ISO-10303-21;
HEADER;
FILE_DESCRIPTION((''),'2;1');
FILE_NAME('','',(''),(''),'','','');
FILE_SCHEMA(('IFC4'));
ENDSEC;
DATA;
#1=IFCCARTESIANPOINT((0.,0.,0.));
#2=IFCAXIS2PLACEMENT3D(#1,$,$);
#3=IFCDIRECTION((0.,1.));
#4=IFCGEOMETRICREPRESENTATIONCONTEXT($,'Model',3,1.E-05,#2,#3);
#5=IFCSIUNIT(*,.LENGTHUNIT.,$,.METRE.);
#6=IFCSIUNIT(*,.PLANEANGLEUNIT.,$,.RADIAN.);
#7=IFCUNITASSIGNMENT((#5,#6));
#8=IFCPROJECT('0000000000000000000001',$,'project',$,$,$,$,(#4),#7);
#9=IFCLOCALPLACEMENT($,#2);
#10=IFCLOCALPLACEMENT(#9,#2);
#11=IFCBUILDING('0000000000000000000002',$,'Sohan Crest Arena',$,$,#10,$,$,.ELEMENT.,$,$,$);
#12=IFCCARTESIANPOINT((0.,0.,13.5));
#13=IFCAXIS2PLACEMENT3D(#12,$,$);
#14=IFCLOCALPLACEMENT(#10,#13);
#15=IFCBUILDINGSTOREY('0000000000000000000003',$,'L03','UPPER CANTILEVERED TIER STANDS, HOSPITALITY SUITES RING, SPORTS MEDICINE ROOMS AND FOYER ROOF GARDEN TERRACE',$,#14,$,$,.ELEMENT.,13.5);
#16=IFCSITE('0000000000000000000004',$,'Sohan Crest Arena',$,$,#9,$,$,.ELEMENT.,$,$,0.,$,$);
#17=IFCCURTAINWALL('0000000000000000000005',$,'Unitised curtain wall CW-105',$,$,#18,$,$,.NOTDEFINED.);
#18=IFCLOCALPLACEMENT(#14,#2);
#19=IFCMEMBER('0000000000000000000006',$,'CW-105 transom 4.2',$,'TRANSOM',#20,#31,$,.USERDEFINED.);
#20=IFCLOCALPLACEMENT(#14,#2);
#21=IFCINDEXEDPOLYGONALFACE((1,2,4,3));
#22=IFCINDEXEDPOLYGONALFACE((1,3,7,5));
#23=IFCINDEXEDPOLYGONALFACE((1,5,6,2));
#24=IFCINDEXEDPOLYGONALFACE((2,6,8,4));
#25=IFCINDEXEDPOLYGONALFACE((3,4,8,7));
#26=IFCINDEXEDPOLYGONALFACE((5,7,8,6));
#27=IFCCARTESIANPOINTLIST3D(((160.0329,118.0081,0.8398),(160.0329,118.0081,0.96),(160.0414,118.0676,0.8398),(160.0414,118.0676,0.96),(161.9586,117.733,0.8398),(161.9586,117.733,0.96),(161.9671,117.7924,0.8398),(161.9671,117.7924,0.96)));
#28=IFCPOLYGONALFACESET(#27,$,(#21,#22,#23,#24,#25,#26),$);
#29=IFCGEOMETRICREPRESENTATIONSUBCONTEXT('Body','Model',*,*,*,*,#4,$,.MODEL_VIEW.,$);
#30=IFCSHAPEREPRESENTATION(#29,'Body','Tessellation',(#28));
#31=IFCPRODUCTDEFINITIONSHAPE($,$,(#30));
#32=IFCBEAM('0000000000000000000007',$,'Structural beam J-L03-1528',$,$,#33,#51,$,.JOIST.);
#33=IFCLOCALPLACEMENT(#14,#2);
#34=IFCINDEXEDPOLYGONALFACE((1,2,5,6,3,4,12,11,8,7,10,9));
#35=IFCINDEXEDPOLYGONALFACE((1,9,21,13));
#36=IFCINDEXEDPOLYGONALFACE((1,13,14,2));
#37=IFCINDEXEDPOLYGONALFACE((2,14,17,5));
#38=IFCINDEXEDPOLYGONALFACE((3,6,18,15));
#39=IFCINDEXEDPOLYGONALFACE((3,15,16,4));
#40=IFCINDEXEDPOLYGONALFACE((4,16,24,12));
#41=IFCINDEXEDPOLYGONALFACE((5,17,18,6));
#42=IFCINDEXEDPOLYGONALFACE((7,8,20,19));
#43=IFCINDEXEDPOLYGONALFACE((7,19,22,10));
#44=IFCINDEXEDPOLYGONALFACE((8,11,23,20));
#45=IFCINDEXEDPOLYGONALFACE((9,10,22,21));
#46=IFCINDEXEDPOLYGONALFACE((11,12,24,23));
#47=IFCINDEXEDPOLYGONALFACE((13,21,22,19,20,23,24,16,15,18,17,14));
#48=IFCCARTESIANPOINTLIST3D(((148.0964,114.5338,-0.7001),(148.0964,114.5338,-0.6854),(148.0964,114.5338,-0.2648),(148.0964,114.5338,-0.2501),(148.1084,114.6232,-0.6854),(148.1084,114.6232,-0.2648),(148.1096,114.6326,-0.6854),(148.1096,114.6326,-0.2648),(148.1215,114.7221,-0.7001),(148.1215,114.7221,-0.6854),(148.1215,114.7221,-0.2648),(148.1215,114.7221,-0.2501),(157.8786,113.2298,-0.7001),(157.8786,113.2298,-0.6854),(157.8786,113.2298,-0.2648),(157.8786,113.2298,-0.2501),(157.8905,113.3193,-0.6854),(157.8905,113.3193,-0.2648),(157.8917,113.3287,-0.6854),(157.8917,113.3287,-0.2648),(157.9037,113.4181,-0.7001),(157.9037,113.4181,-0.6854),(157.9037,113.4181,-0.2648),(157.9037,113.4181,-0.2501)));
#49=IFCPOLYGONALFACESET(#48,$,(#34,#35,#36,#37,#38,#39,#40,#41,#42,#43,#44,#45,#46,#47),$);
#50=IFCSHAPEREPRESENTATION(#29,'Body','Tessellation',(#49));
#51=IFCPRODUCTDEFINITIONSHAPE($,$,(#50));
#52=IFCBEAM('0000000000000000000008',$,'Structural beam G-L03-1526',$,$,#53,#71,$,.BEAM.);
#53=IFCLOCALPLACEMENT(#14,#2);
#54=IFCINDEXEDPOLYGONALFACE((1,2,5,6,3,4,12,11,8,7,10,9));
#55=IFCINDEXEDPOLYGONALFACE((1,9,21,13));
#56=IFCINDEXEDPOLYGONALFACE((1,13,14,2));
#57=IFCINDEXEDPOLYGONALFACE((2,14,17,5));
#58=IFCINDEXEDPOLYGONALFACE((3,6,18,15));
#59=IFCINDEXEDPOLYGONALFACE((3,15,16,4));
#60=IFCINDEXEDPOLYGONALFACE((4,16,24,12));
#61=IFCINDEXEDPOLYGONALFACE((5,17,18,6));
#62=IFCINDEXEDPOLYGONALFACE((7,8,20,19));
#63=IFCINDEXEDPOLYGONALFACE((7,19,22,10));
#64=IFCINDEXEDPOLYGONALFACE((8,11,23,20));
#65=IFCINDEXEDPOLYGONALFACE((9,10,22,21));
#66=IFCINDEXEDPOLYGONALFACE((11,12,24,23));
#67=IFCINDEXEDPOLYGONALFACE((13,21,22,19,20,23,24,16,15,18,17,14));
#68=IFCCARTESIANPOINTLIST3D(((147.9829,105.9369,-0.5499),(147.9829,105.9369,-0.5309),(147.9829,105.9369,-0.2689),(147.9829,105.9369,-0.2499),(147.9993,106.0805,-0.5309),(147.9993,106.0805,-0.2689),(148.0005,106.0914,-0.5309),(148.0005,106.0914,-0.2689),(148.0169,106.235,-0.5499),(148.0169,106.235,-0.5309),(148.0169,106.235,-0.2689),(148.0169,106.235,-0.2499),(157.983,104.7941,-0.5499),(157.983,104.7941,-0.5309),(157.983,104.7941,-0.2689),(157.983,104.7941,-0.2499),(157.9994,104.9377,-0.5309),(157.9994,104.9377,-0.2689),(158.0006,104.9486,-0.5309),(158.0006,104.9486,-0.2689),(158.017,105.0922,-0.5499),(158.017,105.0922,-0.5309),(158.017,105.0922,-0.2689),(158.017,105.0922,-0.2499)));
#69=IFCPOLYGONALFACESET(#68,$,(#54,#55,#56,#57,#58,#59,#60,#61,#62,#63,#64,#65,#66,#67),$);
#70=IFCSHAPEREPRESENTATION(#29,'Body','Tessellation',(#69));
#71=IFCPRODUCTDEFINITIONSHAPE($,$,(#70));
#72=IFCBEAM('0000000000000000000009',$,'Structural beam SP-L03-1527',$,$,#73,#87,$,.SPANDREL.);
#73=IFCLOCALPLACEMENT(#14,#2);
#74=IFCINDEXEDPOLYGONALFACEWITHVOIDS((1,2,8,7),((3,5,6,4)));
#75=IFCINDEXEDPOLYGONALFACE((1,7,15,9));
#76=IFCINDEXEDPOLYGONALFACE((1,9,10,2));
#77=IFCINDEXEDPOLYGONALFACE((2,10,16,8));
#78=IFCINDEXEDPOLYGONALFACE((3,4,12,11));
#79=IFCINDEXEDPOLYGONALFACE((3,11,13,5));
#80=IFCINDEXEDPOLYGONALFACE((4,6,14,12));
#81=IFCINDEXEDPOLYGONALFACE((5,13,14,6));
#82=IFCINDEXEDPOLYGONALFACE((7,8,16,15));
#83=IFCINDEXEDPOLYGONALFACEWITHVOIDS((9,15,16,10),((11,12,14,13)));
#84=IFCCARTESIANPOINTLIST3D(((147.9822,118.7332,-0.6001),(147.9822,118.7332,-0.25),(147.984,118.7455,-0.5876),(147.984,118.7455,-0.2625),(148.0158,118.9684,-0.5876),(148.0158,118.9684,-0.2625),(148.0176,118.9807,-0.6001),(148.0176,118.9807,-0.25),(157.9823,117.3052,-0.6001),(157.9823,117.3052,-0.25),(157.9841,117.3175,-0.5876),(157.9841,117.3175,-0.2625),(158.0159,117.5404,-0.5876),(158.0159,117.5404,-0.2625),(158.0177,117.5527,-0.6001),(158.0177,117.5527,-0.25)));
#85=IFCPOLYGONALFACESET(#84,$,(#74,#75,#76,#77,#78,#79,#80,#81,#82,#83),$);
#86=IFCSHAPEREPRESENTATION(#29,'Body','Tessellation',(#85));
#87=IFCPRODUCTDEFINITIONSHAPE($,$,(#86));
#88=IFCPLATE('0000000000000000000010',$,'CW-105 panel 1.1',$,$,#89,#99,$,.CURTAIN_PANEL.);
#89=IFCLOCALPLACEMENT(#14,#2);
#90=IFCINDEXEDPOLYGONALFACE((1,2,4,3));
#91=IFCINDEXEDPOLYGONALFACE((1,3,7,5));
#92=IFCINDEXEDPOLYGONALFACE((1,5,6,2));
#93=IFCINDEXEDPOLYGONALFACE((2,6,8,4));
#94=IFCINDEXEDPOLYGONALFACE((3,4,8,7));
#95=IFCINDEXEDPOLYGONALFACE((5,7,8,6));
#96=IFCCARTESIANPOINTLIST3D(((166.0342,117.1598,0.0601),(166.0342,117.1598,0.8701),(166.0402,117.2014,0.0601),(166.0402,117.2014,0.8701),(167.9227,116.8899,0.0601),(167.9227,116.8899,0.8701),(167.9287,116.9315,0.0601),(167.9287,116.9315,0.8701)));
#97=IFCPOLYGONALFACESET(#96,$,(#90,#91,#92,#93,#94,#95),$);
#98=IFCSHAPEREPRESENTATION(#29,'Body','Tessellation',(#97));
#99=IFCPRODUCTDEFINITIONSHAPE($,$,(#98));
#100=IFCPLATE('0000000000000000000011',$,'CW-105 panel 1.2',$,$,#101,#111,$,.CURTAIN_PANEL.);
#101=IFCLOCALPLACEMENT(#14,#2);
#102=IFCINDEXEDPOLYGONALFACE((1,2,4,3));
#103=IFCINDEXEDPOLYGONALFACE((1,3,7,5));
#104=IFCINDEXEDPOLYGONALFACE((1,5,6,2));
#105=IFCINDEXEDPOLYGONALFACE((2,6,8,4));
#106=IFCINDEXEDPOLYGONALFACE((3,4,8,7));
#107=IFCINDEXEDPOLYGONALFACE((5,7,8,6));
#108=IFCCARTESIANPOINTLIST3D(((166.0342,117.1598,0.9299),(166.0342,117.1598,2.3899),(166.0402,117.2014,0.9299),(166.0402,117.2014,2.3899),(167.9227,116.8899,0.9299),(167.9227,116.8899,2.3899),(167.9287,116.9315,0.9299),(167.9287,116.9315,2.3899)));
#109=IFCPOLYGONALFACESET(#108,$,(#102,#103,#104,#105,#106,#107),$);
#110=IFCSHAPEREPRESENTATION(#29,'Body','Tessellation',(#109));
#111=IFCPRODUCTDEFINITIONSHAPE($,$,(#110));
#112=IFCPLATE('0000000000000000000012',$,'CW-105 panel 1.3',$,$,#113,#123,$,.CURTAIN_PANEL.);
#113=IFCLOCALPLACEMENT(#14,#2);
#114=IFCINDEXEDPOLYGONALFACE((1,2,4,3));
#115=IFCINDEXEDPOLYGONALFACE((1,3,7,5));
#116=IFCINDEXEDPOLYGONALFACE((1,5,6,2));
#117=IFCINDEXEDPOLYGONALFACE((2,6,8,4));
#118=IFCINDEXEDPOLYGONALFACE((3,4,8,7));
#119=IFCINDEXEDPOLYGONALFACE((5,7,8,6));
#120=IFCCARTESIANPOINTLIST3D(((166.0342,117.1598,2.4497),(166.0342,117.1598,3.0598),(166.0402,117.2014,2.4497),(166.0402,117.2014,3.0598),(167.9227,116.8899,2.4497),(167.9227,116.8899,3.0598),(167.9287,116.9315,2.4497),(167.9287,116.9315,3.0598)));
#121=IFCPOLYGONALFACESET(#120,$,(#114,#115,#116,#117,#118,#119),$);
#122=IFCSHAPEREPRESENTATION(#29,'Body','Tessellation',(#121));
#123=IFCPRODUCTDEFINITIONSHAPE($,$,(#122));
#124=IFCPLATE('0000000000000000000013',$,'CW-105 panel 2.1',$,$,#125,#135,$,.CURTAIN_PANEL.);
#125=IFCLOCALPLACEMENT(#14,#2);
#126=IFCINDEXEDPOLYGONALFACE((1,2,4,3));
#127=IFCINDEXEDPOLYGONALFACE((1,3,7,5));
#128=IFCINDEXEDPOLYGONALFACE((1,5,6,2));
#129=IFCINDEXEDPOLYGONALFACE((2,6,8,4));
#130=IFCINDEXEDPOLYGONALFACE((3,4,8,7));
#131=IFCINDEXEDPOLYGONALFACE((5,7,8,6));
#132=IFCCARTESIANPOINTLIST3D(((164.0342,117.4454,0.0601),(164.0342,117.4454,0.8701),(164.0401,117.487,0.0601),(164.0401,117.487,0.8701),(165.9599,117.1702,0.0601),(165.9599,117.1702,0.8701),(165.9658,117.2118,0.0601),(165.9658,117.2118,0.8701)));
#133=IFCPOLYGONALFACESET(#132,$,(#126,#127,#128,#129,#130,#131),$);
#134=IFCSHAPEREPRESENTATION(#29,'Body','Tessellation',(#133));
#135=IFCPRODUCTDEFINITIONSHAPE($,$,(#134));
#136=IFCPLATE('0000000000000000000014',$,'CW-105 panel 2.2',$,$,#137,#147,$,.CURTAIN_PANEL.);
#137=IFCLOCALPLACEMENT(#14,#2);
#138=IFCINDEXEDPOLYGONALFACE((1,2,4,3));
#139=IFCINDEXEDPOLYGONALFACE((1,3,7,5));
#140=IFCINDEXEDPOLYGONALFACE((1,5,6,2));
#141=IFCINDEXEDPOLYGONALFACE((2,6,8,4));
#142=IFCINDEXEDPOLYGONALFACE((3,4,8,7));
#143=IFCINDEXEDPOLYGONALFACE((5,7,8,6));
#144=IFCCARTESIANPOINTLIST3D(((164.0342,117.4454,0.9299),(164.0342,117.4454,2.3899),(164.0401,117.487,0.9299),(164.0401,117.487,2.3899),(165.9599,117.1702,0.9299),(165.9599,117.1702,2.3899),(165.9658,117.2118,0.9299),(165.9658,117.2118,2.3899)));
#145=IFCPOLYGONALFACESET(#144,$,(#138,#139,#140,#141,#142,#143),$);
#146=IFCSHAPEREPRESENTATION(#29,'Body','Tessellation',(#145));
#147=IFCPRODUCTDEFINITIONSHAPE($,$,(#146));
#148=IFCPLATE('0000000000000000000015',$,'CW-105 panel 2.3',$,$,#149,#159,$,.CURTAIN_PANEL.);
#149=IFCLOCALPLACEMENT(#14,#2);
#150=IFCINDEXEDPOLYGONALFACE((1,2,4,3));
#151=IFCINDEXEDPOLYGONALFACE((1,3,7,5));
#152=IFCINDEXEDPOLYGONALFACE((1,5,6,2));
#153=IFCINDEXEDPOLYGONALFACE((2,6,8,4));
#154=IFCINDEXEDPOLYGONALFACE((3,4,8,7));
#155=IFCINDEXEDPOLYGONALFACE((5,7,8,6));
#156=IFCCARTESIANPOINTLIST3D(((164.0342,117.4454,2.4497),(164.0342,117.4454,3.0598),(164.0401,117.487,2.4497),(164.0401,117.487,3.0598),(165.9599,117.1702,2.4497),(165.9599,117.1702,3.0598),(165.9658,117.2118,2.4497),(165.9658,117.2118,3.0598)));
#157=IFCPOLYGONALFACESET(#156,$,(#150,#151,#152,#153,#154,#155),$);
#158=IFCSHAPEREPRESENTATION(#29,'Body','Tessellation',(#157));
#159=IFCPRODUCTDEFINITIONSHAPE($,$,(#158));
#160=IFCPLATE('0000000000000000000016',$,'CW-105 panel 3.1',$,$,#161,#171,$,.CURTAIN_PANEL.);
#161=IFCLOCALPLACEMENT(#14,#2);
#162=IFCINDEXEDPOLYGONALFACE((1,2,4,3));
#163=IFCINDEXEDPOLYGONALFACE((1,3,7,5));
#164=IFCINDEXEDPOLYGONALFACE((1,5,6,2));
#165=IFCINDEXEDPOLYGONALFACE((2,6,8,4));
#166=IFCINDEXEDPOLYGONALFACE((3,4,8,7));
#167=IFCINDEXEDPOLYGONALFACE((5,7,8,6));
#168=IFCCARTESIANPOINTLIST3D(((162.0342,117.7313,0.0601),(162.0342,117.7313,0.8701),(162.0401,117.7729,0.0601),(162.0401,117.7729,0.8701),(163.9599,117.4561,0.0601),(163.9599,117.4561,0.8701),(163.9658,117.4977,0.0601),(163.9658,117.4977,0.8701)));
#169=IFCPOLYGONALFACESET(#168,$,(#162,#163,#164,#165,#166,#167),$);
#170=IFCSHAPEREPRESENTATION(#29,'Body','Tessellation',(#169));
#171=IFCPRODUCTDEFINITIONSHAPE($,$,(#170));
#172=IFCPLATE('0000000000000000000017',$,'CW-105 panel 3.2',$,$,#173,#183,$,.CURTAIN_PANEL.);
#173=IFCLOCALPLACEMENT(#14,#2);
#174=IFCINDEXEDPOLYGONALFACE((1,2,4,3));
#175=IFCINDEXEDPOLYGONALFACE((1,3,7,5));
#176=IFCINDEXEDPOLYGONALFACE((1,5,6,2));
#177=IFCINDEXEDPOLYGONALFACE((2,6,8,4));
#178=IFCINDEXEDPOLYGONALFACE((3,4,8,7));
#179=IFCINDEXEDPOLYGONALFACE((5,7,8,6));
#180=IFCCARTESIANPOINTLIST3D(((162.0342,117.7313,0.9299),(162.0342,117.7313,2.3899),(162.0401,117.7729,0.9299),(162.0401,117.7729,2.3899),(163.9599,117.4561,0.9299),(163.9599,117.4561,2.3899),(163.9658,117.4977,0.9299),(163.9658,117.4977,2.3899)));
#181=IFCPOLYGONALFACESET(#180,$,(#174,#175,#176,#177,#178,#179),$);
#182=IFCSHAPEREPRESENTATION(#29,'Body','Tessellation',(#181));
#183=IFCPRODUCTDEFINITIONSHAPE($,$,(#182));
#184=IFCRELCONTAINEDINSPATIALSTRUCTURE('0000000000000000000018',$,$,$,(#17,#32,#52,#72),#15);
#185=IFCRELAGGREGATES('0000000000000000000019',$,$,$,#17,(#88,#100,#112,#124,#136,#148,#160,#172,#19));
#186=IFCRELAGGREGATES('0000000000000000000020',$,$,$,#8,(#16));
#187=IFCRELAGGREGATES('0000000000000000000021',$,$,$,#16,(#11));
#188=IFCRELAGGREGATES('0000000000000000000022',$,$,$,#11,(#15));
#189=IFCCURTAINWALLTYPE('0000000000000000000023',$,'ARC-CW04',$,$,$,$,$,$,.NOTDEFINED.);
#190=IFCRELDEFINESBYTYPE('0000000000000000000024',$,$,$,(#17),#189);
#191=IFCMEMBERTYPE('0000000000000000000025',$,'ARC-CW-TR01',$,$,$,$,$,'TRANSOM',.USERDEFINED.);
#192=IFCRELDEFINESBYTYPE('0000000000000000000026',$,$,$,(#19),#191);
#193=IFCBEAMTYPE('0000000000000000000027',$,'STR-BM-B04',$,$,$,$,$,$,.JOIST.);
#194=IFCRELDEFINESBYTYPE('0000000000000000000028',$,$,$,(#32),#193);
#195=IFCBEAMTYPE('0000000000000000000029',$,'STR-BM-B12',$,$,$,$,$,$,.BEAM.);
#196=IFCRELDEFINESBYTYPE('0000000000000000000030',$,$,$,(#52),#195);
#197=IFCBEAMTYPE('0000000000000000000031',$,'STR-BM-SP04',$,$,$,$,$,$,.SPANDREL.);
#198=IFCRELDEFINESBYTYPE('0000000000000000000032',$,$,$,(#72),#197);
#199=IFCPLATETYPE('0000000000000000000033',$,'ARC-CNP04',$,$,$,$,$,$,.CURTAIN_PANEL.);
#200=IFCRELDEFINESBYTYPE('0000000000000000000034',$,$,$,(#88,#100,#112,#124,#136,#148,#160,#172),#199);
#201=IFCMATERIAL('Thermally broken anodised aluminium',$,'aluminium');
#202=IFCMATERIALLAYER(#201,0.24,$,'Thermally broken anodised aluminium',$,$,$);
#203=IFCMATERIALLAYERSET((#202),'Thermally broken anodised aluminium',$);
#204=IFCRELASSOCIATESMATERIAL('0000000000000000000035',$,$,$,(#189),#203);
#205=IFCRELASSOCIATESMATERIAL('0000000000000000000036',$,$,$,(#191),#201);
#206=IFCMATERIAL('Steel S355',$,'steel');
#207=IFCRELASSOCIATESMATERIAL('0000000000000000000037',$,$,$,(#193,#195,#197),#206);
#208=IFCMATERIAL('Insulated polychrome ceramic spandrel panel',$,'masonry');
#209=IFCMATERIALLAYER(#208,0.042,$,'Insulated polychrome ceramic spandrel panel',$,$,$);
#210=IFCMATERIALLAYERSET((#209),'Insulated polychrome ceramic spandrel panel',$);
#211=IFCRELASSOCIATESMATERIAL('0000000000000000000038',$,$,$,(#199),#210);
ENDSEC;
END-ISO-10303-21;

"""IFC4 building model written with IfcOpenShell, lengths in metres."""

from ifc_helpers import new_model, si_unit, direction, frame, origin, origin_2d, place, context, subcontext, project, spatial, rectangle, hollow_rectangle, i_section, extrude, material, layer, layer_set, material_profile, profile_set, type_object, element, aggregate, save


model = new_model("IFC4")

# Units and contexts
model_context = context("Model", 3, precision=1e-05, world=origin(), true_north=direction((0.0, 1.0)))
body_context = subcontext(model_context, "Body", "Model", "MODEL_VIEW")
ifc_project = project(units=[si_unit("LENGTHUNIT", "METRE"), si_unit("PLANEANGLEUNIT", "RADIAN")], contexts=[model_context])

# Site, building, storey
site_placement = place(None, origin())
site = spatial("IfcSite", under=ifc_project, at=site_placement, Name="Sohan Crest Arena", CompositionType="ELEMENT", RefElevation=0.0)
building_placement = place(site_placement, origin())
building = spatial("IfcBuilding", under=site, at=building_placement, Name="Sohan Crest Arena", CompositionType="ELEMENT")
storey_placement = place(building_placement, frame((0.0, 0.0, 13.5)))
storey = spatial("IfcBuildingStorey", under=building, at=storey_placement, Name="L03", Description="UPPER CANTILEVERED TIER STANDS, HOSPITALITY SUITES RING, SPORTS MEDICINE ROOMS AND FOYER ROOF GARDEN TERRACE", CompositionType="ELEMENT", Elevation=13.5)

# Shared definitions
ifc_material_1 = material(Name="Steel S355", Category="steel")

# Curtain wall, member
ifc_material_2 = material(Name="Thermally broken anodised aluminium", Category="aluminium")
ifc_layer_1 = layer(ifc_material_2, 0.24, Name="Thermally broken anodised aluminium")
ifc_layer_set_1 = layer_set([ifc_layer_1], Name="Thermally broken anodised aluminium")
curtain_wall_type = type_object("IfcCurtainWallType", Name="ARC-CW04", PredefinedType="NOTDEFINED", material=ifc_layer_set_1)
curtain_wall_placement = place(storey_placement, origin())
curtain_wall = element("IfcCurtainWall", 1, at=curtain_wall_placement, inside=storey, type_object=curtain_wall_type, Name="Unitised curtain wall CW-105", PredefinedType="NOTDEFINED")
ifc_material_profile_1 = material_profile(ifc_material_2, rectangle(XDim=0.0601, YDim=0.1201, at=origin_2d()), Name="ALU-TRAN 60x120")
ifc_profile_set_1 = profile_set([ifc_material_profile_1], Name="Thermally broken anodised aluminium")
member_type_1 = type_object("IfcMemberType", Name="ARC-CW-TR01", ElementType="TRANSOM", PredefinedType="USERDEFINED", material=ifc_profile_set_1)
member_1_placement = place(storey_placement, frame((161.9629, 117.7627, 0.8999), z_axis=(-0.989947, 0.141439, 0.0), x_axis=(-0.141439, -0.989947, 0.0)))
member_1 = element("IfcMember", 2, at=member_1_placement, type_object=member_type_1, Name="CW-105 transom 4.2", ObjectType="TRANSOM", PredefinedType="USERDEFINED", context=body_context, shape_type="SweptSolid", body=[
    extrude(rectangle(XDim=0.0601, YDim=0.1201, at=origin_2d()), origin(), (0.0, 0.0, 1.0), 1.9453),
])

# Beams
ifc_material_profile_2 = material_profile(ifc_material_1, i_section(OverallWidth=0.1899, OverallDepth=0.45, WebThickness=0.0095, FlangeThickness=0.0146, at=origin_2d()), Name="IPE 450")
ifc_profile_set_2 = profile_set([ifc_material_profile_2], Name="Steel S355")
beam_type_1 = type_object("IfcBeamType", Name="STR-BM-B04", PredefinedType="JOIST", material=ifc_profile_set_2)
beam_1_placement = place(storey_placement, frame((157.8911, 113.324, -0.4751), z_axis=(-0.991232, 0.13213, 0.0), x_axis=(-0.13213, -0.991232, 0.0)))
element("IfcBeam", 3, at=beam_1_placement, inside=storey, type_object=beam_type_1, Name="Structural beam J-L03-1528", PredefinedType="JOIST", context=body_context, shape_type="SweptSolid", body=[
    extrude(i_section(OverallWidth=0.1899, OverallDepth=0.45, WebThickness=0.0095, FlangeThickness=0.0146, at=origin_2d()), origin(), (0.0, 0.0, 1.0), 9.8687),
])
ifc_material_profile_3 = material_profile(ifc_material_1, i_section(OverallWidth=0.3, OverallDepth=0.3, WebThickness=0.011, FlangeThickness=0.019, at=origin_2d()), Name="HEB 300")
ifc_profile_set_3 = profile_set([ifc_material_profile_3], Name="Steel S355")
beam_type_2 = type_object("IfcBeamType", Name="STR-BM-B12", PredefinedType="BEAM", material=ifc_profile_set_3)
beam_2_placement = place(storey_placement, frame((158.0, 104.9431, -0.3999), z_axis=(-0.993533, 0.113543, 0.0), x_axis=(-0.113543, -0.993533, 0.0)))
element("IfcBeam", 4, at=beam_2_placement, inside=storey, type_object=beam_type_2, Name="Structural beam G-L03-1526", PredefinedType="BEAM", context=body_context, shape_type="SweptSolid", body=[
    extrude(i_section(OverallWidth=0.3, OverallDepth=0.3, WebThickness=0.011, FlangeThickness=0.019, at=origin_2d()), origin(), (0.0, 0.0, 1.0), 10.0652),
])
ifc_material_profile_4 = material_profile(ifc_material_1, hollow_rectangle(XDim=0.25, YDim=0.3501, WallThickness=0.0125, at=origin_2d()), Name="RHS 350x250x12.5")
ifc_profile_set_4 = profile_set([ifc_material_profile_4], Name="Steel S355")
beam_type_3 = type_object("IfcBeamType", Name="STR-BM-SP04", PredefinedType="SPANDREL", material=ifc_profile_set_4)
beam_3_placement = place(storey_placement, frame((158.0, 117.429, -0.425), z_axis=(-0.989958, 0.141364, 0.0), x_axis=(-0.141364, -0.989958, 0.0)))
element("IfcBeam", 5, at=beam_3_placement, inside=storey, type_object=beam_type_3, Name="Structural beam SP-L03-1527", PredefinedType="SPANDREL", context=body_context, shape_type="SweptSolid", body=[
    extrude(hollow_rectangle(XDim=0.25, YDim=0.3501, WallThickness=0.0125, at=origin_2d()), origin(), (0.0, 0.0, 1.0), 10.1016),
])

# Plates
ifc_material_3 = material(Name="Insulated polychrome ceramic spandrel panel", Category="masonry")
ifc_layer_2 = layer(ifc_material_3, 0.042, Name="Insulated polychrome ceramic spandrel panel")
ifc_layer_set_2 = layer_set([ifc_layer_2], Name="Insulated polychrome ceramic spandrel panel")
plate_type = type_object("IfcPlateType", Name="ARC-CNP04", PredefinedType="CURTAIN_PANEL", material=ifc_layer_set_2)
plate_1_placement = place(storey_placement, frame((166.9814, 117.0457, 0.0601), z_axis=(0.0, 0.0, 1.0), x_axis=(-0.989944, 0.141463, 0.0)))
plate_1 = element("IfcPlate", 6, at=plate_1_placement, type_object=plate_type, Name="CW-105 panel 1.1", PredefinedType="CURTAIN_PANEL", context=body_context, shape_type="SweptSolid", body=[
    extrude(rectangle(XDim=1.9077, YDim=0.042, at=origin_2d()), origin(), (0.0, 0.0, 1.0), 0.8101),
])
plate_2_placement = place(storey_placement, frame((166.9814, 117.0457, 0.9299), z_axis=(0.0, 0.0, 1.0), x_axis=(-0.989944, 0.141463, 0.0)))
plate_2 = element("IfcPlate", 7, at=plate_2_placement, type_object=plate_type, Name="CW-105 panel 1.2", PredefinedType="CURTAIN_PANEL", context=body_context, shape_type="SweptSolid", body=[
    extrude(rectangle(XDim=1.9077, YDim=0.042, at=origin_2d()), origin(), (0.0, 0.0, 1.0), 1.46),
])
plate_3_placement = place(storey_placement, frame((166.9814, 117.0457, 2.4497), z_axis=(0.0, 0.0, 1.0), x_axis=(-0.989944, 0.141463, 0.0)))
plate_3 = element("IfcPlate", 8, at=plate_3_placement, type_object=plate_type, Name="CW-105 panel 1.3", PredefinedType="CURTAIN_PANEL", context=body_context, shape_type="SweptSolid", body=[
    extrude(rectangle(XDim=1.9077, YDim=0.042, at=origin_2d()), origin(), (0.0, 0.0, 1.0), 0.6101),
])
plate_4_placement = place(storey_placement, frame((165.0, 117.3286, 0.0601), z_axis=(0.0, 0.0, 1.0), x_axis=(-0.989944, 0.141463, 0.0)))
plate_4 = element("IfcPlate", 9, at=plate_4_placement, type_object=plate_type, Name="CW-105 panel 2.1", PredefinedType="CURTAIN_PANEL", context=body_context, shape_type="SweptSolid", body=[
    extrude(rectangle(XDim=1.9453, YDim=0.042, at=origin_2d()), origin(), (0.0, 0.0, 1.0), 0.8101),
])
plate_5_placement = place(storey_placement, frame((165.0, 117.3286, 0.9299), z_axis=(0.0, 0.0, 1.0), x_axis=(-0.989944, 0.141463, 0.0)))
plate_5 = element("IfcPlate", 10, at=plate_5_placement, type_object=plate_type, Name="CW-105 panel 2.2", PredefinedType="CURTAIN_PANEL", context=body_context, shape_type="SweptSolid", body=[
    extrude(rectangle(XDim=1.9453, YDim=0.042, at=origin_2d()), origin(), (0.0, 0.0, 1.0), 1.46),
])
plate_6_placement = place(storey_placement, frame((165.0, 117.3286, 2.4497), z_axis=(0.0, 0.0, 1.0), x_axis=(-0.989944, 0.141463, 0.0)))
plate_6 = element("IfcPlate", 11, at=plate_6_placement, type_object=plate_type, Name="CW-105 panel 2.3", PredefinedType="CURTAIN_PANEL", context=body_context, shape_type="SweptSolid", body=[
    extrude(rectangle(XDim=1.9453, YDim=0.042, at=origin_2d()), origin(), (0.0, 0.0, 1.0), 0.6101),
])
plate_7_placement = place(storey_placement, frame((163.0, 117.6145, 0.0601), z_axis=(0.0, 0.0, 1.0), x_axis=(-0.989944, 0.141463, 0.0)))
plate_7 = element("IfcPlate", 12, at=plate_7_placement, type_object=plate_type, Name="CW-105 panel 3.1", PredefinedType="CURTAIN_PANEL", context=body_context, shape_type="SweptSolid", body=[
    extrude(rectangle(XDim=1.9453, YDim=0.042, at=origin_2d()), origin(), (0.0, 0.0, 1.0), 0.8101),
])
plate_8_placement = place(storey_placement, frame((163.0, 117.6145, 0.9299), z_axis=(0.0, 0.0, 1.0), x_axis=(-0.989944, 0.141463, 0.0)))
plate_8 = element("IfcPlate", 13, at=plate_8_placement, type_object=plate_type, Name="CW-105 panel 3.2", PredefinedType="CURTAIN_PANEL", context=body_context, shape_type="SweptSolid", body=[
    extrude(rectangle(XDim=1.9453, YDim=0.042, at=origin_2d()), origin(), (0.0, 0.0, 1.0), 1.46),
])
aggregate(curtain_wall, [plate_1, plate_2, plate_3, plate_4, plate_5, plate_6, plate_7, plate_8, member_1])

save(model, "model.ifc")
